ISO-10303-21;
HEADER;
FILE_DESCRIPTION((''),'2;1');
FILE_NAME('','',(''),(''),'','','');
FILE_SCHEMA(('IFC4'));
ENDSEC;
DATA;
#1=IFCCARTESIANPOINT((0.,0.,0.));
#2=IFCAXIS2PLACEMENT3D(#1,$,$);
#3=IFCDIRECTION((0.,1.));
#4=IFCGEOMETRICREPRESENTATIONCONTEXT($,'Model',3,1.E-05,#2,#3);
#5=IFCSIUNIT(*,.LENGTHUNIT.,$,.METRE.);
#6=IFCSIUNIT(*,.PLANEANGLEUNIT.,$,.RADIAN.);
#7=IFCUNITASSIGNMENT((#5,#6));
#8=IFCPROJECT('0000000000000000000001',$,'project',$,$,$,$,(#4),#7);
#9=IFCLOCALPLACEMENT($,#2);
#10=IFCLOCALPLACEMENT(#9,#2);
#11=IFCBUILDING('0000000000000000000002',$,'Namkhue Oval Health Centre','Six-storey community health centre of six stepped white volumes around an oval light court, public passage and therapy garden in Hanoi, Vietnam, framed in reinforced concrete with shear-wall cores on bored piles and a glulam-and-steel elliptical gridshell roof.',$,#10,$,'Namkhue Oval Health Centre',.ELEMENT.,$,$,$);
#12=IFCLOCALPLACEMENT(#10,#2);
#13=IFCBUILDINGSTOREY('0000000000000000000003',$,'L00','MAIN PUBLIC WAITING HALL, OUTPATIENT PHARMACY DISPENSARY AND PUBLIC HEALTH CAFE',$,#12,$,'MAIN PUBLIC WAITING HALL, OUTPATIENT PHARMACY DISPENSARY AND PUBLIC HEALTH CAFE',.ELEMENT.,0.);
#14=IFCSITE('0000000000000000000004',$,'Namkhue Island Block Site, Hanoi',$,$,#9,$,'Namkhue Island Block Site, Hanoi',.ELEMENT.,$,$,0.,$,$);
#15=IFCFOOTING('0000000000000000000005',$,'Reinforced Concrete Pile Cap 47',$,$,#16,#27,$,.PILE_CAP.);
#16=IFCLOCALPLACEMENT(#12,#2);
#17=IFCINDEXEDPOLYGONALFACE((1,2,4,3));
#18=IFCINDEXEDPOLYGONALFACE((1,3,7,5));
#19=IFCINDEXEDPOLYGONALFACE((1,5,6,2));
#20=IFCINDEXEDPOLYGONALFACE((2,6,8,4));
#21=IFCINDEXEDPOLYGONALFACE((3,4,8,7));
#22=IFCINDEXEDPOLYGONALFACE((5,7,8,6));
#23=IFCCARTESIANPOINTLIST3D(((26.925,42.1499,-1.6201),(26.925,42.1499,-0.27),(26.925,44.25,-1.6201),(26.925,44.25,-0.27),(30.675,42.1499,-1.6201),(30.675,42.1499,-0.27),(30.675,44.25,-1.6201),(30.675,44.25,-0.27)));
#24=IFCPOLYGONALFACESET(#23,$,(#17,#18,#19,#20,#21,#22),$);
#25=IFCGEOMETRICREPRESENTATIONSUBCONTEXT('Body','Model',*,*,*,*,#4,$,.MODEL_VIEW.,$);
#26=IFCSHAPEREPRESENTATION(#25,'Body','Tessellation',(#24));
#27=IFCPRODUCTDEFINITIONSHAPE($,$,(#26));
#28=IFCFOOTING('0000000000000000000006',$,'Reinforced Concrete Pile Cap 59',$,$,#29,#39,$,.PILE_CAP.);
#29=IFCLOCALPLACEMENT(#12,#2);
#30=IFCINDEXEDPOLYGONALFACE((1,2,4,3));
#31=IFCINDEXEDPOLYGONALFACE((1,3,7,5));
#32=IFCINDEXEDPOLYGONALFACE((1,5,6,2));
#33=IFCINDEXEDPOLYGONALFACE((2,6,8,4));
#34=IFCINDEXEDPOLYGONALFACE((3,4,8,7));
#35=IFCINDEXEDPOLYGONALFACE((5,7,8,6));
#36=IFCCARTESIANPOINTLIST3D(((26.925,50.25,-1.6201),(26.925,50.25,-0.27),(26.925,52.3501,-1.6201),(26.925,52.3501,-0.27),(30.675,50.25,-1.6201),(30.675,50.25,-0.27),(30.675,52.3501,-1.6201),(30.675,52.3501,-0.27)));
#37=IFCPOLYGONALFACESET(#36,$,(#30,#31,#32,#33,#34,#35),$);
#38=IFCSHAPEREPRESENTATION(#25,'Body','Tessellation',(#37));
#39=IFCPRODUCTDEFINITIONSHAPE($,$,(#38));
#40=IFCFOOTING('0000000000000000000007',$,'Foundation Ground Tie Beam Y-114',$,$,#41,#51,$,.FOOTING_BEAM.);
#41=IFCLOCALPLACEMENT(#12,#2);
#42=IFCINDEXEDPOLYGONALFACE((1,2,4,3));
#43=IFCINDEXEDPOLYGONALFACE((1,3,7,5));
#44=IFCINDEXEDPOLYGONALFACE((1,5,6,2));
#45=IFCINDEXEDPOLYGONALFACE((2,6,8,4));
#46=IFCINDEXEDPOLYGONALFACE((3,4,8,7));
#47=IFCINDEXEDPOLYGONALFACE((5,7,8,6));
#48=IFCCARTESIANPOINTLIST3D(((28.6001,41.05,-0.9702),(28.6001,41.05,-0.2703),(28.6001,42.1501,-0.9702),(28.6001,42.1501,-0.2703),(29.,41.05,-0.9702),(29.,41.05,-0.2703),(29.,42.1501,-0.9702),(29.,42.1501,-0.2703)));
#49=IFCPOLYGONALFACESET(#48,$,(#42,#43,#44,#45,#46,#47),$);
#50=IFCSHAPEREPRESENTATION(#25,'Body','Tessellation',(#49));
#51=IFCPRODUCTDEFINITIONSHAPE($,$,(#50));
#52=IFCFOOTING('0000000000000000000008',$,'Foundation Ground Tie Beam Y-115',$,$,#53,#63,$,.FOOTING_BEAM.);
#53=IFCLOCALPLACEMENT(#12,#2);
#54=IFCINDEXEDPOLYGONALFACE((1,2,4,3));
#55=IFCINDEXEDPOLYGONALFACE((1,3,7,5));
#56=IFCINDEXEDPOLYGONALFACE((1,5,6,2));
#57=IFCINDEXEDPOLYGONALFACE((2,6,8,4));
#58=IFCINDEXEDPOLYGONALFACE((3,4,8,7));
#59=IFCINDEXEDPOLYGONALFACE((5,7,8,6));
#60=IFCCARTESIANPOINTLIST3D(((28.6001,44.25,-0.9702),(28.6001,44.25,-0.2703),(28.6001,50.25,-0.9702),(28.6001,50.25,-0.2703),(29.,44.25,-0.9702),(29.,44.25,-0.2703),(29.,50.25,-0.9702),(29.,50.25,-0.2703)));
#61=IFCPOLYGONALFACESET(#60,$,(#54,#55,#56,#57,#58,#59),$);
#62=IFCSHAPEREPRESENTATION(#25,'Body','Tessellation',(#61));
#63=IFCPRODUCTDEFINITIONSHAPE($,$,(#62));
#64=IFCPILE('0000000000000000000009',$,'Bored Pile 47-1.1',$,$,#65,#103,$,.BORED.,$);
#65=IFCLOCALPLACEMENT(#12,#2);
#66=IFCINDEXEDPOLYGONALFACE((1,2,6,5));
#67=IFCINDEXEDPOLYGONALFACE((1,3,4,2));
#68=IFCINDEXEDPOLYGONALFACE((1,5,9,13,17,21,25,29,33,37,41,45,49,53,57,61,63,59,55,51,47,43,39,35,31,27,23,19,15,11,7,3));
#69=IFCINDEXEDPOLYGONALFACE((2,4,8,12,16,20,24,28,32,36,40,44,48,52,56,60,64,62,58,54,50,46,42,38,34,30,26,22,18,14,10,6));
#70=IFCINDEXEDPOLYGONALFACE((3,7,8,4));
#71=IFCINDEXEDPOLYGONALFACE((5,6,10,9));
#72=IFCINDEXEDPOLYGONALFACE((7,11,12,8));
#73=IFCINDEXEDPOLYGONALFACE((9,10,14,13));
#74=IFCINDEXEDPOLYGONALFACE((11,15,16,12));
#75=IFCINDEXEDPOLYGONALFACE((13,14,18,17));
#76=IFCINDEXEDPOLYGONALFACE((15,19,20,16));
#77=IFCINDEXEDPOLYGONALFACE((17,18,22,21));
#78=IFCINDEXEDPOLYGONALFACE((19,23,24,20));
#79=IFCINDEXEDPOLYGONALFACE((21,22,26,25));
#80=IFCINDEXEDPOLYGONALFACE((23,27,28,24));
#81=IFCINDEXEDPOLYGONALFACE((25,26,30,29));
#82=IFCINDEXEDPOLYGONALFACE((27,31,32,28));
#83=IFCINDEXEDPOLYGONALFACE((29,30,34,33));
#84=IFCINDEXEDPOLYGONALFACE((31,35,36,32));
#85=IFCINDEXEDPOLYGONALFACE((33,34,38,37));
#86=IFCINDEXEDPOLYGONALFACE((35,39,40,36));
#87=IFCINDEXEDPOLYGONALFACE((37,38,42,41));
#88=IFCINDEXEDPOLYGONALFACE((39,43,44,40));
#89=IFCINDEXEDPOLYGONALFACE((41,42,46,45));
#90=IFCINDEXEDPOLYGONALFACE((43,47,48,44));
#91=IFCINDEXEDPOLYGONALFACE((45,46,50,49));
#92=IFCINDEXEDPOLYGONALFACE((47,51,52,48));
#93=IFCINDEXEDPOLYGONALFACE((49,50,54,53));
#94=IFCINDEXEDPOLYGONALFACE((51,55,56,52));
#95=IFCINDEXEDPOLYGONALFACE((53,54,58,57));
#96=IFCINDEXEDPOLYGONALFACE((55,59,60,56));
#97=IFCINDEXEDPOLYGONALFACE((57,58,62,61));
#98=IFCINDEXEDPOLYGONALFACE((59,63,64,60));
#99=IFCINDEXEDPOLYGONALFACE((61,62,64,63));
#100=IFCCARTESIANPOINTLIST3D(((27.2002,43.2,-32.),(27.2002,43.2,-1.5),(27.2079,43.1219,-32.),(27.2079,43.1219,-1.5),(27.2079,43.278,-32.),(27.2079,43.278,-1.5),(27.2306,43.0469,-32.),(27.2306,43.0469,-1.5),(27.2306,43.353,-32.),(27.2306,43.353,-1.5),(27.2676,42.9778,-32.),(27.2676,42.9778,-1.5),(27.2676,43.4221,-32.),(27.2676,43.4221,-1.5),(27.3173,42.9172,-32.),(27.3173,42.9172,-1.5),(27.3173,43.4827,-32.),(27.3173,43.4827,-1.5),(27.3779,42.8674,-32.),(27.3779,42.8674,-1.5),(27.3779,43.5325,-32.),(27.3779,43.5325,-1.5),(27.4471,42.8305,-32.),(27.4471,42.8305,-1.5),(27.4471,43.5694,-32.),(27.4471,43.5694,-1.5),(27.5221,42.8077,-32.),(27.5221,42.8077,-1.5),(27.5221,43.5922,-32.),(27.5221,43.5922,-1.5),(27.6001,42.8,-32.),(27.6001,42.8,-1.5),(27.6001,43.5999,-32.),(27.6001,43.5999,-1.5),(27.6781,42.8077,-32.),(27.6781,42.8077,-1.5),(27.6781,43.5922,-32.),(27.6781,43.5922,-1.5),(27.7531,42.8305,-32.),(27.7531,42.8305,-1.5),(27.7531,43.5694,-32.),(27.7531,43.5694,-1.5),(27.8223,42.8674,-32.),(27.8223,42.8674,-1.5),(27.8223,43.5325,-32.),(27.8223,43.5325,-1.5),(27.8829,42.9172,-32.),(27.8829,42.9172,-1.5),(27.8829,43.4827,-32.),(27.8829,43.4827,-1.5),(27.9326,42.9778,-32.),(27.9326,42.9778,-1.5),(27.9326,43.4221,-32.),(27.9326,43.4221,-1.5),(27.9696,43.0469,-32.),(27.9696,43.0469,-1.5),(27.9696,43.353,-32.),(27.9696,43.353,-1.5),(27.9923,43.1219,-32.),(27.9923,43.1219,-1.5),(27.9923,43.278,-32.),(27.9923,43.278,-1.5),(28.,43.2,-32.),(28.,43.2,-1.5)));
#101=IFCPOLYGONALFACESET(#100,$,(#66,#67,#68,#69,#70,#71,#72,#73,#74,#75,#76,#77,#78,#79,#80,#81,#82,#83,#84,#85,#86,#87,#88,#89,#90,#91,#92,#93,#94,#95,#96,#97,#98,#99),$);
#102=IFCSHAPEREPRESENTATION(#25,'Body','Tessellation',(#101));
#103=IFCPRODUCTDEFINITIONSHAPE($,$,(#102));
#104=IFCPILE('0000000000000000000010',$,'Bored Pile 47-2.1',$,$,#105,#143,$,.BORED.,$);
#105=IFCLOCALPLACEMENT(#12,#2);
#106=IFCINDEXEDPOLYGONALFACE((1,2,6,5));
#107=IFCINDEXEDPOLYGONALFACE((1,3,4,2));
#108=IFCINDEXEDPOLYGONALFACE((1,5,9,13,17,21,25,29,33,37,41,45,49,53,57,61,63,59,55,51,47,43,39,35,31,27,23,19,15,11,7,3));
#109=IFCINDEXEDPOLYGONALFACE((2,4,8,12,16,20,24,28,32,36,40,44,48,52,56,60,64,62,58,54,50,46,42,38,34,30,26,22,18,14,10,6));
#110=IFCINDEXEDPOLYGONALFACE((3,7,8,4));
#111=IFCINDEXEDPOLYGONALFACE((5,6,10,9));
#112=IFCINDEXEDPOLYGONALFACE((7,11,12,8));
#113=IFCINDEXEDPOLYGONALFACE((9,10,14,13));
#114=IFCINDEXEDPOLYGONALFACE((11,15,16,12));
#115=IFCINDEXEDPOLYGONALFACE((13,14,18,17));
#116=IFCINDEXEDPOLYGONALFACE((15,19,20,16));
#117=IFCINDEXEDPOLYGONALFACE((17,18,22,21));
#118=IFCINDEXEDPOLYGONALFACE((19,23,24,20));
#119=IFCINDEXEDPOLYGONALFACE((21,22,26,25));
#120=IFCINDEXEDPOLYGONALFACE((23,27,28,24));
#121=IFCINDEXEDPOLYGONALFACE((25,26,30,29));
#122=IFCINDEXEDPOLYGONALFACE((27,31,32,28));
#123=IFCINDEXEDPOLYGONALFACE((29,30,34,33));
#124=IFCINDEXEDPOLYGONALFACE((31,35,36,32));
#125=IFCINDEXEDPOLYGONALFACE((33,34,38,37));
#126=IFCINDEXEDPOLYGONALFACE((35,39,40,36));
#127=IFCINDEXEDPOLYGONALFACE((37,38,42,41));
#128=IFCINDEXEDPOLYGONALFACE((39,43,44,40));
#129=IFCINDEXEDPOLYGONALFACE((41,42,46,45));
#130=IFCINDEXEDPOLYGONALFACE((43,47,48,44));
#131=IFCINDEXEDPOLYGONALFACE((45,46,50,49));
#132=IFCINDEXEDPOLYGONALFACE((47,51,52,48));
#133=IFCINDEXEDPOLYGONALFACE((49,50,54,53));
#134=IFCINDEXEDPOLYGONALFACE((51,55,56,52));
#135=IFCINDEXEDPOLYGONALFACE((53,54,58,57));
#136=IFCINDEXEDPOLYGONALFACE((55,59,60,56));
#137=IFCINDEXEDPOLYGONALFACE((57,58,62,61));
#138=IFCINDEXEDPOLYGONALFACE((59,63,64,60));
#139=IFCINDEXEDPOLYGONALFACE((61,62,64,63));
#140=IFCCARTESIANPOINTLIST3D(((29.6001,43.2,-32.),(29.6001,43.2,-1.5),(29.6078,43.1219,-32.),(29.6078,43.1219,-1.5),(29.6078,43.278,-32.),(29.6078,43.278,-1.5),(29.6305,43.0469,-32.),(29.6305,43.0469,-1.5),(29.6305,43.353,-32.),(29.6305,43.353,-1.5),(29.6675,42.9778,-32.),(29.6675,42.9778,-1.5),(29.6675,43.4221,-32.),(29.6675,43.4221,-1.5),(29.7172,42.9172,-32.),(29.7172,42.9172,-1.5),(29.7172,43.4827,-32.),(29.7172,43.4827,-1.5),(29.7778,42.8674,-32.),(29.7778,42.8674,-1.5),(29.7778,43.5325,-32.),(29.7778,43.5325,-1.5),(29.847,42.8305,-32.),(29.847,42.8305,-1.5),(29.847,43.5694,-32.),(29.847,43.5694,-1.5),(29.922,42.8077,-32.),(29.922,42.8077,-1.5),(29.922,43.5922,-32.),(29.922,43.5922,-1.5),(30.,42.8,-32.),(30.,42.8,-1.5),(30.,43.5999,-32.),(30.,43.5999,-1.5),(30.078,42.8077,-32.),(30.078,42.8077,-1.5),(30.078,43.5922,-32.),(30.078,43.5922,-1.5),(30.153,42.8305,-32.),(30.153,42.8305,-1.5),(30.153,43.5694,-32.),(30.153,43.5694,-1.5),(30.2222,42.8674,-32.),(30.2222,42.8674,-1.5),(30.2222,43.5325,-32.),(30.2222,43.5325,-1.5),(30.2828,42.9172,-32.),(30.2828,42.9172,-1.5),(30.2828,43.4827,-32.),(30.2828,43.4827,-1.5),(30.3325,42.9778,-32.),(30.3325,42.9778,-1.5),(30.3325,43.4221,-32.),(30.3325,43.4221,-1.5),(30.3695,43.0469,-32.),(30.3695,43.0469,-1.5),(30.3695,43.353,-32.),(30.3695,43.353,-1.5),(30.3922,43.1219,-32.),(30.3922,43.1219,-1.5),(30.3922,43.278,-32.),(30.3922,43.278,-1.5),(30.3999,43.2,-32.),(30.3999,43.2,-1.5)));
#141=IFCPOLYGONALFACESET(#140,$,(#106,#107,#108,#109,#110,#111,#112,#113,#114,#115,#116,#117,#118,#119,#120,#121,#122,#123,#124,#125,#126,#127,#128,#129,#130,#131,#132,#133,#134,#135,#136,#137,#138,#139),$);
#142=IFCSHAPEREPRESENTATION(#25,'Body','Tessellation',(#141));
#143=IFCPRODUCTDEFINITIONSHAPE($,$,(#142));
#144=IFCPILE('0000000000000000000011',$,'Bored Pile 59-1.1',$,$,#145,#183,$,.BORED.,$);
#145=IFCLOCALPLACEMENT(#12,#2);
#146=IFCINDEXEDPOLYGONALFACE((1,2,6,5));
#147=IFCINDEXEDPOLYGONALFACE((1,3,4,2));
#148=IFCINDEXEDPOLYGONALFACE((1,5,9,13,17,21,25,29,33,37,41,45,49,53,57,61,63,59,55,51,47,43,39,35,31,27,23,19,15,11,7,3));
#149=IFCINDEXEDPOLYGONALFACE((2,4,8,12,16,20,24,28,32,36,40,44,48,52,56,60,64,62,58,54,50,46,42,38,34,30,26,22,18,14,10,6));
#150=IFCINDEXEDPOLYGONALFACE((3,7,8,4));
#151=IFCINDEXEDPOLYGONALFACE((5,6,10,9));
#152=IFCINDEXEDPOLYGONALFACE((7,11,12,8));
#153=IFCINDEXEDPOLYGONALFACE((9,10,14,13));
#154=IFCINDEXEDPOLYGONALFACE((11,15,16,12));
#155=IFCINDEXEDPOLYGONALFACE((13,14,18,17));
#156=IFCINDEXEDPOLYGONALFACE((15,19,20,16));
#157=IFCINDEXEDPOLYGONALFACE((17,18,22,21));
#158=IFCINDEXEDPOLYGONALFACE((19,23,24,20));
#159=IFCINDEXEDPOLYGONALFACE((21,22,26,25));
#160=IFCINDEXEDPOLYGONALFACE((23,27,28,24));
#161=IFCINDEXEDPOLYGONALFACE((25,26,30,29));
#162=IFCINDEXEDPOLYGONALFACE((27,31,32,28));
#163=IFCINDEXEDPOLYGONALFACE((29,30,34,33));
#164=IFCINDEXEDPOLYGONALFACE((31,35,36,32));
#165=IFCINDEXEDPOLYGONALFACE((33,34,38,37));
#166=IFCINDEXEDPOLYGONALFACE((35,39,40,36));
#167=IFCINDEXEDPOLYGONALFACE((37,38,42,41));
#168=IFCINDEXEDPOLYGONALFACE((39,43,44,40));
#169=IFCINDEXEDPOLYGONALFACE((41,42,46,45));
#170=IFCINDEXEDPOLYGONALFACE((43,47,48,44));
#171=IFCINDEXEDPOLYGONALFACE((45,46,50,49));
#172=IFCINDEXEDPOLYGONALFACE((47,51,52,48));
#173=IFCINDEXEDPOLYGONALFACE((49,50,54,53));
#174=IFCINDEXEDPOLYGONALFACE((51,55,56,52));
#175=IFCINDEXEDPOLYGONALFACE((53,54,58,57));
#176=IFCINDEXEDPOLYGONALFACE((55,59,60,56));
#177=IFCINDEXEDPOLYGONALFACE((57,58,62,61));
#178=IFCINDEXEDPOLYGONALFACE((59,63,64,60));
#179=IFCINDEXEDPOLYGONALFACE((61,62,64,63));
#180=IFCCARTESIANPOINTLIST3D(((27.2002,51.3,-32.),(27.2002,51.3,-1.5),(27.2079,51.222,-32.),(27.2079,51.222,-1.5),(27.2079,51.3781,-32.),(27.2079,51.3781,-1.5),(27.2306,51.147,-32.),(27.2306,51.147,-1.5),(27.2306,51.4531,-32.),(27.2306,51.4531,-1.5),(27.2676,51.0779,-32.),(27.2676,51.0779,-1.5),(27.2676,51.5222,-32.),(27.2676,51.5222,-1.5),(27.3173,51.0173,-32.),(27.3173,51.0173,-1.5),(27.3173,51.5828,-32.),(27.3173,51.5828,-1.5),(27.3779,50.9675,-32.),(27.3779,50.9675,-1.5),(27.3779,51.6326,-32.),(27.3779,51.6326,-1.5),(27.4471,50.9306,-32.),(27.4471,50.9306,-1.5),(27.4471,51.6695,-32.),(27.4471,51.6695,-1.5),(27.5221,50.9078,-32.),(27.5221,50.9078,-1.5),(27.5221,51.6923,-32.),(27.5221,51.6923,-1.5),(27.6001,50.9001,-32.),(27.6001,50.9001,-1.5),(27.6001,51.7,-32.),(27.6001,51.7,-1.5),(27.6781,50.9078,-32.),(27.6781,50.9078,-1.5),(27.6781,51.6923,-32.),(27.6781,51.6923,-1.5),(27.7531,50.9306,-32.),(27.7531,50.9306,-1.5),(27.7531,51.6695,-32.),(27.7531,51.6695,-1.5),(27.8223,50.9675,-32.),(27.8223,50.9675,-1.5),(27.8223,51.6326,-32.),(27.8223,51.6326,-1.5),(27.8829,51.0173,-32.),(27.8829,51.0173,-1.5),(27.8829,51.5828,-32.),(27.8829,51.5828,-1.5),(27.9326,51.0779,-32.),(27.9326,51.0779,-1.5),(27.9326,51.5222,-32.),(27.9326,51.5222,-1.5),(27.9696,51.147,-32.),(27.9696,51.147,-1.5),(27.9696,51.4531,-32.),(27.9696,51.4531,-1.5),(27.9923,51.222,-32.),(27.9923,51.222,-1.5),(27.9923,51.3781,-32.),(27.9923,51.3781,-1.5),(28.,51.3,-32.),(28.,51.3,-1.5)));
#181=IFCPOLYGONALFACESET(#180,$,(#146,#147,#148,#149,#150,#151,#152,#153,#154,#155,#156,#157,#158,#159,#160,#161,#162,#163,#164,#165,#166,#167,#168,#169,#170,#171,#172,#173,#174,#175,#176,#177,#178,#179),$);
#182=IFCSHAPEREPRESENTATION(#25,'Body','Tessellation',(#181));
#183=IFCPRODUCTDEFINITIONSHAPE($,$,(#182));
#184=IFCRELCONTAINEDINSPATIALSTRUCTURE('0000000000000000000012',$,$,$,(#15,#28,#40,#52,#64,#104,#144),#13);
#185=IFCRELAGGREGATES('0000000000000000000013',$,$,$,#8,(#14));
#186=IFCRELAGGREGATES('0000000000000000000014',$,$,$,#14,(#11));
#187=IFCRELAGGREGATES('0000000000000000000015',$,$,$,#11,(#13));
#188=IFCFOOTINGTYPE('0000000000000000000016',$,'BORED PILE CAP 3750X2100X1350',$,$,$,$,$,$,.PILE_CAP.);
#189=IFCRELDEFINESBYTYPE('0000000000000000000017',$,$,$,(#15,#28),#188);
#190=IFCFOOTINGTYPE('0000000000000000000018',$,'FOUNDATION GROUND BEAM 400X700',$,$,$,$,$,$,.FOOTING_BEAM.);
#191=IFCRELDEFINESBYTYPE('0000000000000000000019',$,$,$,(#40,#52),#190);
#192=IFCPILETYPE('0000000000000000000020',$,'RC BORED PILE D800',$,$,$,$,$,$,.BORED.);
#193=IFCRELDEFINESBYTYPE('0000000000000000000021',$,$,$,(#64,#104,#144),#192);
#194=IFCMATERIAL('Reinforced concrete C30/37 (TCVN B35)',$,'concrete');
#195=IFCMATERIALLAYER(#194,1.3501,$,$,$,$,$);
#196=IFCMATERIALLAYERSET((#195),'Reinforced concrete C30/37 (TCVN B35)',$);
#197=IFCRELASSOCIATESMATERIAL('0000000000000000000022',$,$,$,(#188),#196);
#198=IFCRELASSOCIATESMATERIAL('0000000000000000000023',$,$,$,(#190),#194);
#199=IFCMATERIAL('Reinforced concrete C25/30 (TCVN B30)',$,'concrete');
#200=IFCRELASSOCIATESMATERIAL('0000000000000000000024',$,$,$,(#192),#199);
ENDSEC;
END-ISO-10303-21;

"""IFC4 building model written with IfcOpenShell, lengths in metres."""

from ifc_helpers import new_model, si_unit, direction, frame, origin, origin_2d, place, context, subcontext, project, spatial, rectangle, circle, extrude, material, layer, layer_set, material_profile, profile_set, type_object, element, save


model = new_model("IFC4")

# Units and contexts
model_context = context("Model", 3, precision=1e-05, world=origin(), true_north=direction((0.0, 1.0)))
body_context = subcontext(model_context, "Body", "Model", "MODEL_VIEW")
ifc_project = project(units=[si_unit("LENGTHUNIT", "METRE"), si_unit("PLANEANGLEUNIT", "RADIAN")], contexts=[model_context])

# Site, building, storey
site_placement = place(None, origin())
site = spatial("IfcSite", under=ifc_project, at=site_placement, Name="Namkhue Island Block Site, Hanoi", LongName="Namkhue Island Block Site, Hanoi", CompositionType="ELEMENT", RefElevation=0.0)
building_placement = place(site_placement, origin())
building = spatial("IfcBuilding", under=site, at=building_placement, Name="Namkhue Oval Health Centre", Description="Six-storey community health centre of six stepped white volumes around an oval light court, public passage and therapy garden in Hanoi, Vietnam, framed in reinforced concrete with shear-wall cores on bored piles and a glulam-and-steel elliptical gridshell roof.", LongName="Namkhue Oval Health Centre", CompositionType="ELEMENT")
storey_placement = place(building_placement, origin())
storey = spatial("IfcBuildingStorey", under=building, at=storey_placement, Name="L00", Description="MAIN PUBLIC WAITING HALL, OUTPATIENT PHARMACY DISPENSARY AND PUBLIC HEALTH CAFE", LongName="MAIN PUBLIC WAITING HALL, OUTPATIENT PHARMACY DISPENSARY AND PUBLIC HEALTH CAFE", CompositionType="ELEMENT", Elevation=0.0)

# Footings
ifc_material_1 = material(Name="Reinforced concrete C30/37 (TCVN B35)", Category="concrete")
ifc_layer_1 = layer(ifc_material_1, 1.3501)
ifc_layer_set_1 = layer_set([ifc_layer_1], Name="Reinforced concrete C30/37 (TCVN B35)")
footing_type_1 = type_object("IfcFootingType", Name="BORED PILE CAP 3750X2100X1350", PredefinedType="PILE_CAP", material=ifc_layer_set_1)
for number, where, z_axis, x_axis, name in (
    (1, (28.8, 43.2, -1.6201), (0.0, 0.0, 1.0), (1.0, 0.0, 0.0), "Reinforced Concrete Pile Cap 47"),
    (2, (28.8, 51.3, -1.6201), (0.0, 0.0, 1.0), (1.0, 0.0, 0.0), "Reinforced Concrete Pile Cap 59"),
):
    element("IfcFooting", number, at=place(storey_placement, frame(where, z_axis=z_axis, x_axis=x_axis)), inside=storey, type_object=footing_type_1, Name=name, PredefinedType="PILE_CAP", context=body_context, shape_type="SweptSolid", body=[
        extrude(rectangle(XDim=3.75, YDim=2.1001, at=origin_2d()), origin(), (0.0, 0.0, 1.0), 1.3501),
    ])
footing_type_2 = type_object("IfcFootingType", Name="FOUNDATION GROUND BEAM 400X700", PredefinedType="FOOTING_BEAM", material=ifc_material_1)
footing_1_placement = place(storey_placement, frame((28.8, 41.6001, -0.9702), z_axis=(0.0, 0.0, 1.0), x_axis=(0.0, 1.0, 0.0)))
element("IfcFooting", 3, at=footing_1_placement, inside=storey, type_object=footing_type_2, Name="Foundation Ground Tie Beam Y-114", PredefinedType="FOOTING_BEAM", context=body_context, shape_type="SweptSolid", body=[
    extrude(rectangle(XDim=1.1001, YDim=0.3999, at=origin_2d()), origin(), (0.0, 0.0, 1.0), 0.7),
])
footing_2_placement = place(storey_placement, frame((28.8, 47.25, -0.9702), z_axis=(0.0, 0.0, 1.0), x_axis=(0.0, 1.0, 0.0)))
element("IfcFooting", 4, at=footing_2_placement, inside=storey, type_object=footing_type_2, Name="Foundation Ground Tie Beam Y-115", PredefinedType="FOOTING_BEAM", context=body_context, shape_type="SweptSolid", body=[
    extrude(rectangle(XDim=6.0, YDim=0.3999, at=origin_2d()), origin(), (0.0, 0.0, 1.0), 0.7),
])

# Piles
ifc_material_2 = material(Name="Reinforced concrete C25/30 (TCVN B30)", Category="concrete")
ifc_material_profile_1 = material_profile(ifc_material_2, circle(Radius=0.3999, at=origin_2d()), Name="BORED PILE D800")
ifc_profile_set_1 = profile_set([ifc_material_profile_1], Name="Reinforced concrete C25/30 (TCVN B30)")
pile_type = type_object("IfcPileType", Name="RC BORED PILE D800", PredefinedType="BORED", material=ifc_profile_set_1)
for number, where, z_axis, x_axis, name in (
    (5, (27.6001, 43.2, -1.5), (0.0, 0.0, -1.0), (1.0, 0.0, 0.0), "Bored Pile 47-1.1"),
    (6, (30.0, 43.2, -1.5), (0.0, 0.0, -1.0), (1.0, 0.0, 0.0), "Bored Pile 47-2.1"),
    (7, (27.6001, 51.3, -1.5), (0.0, 0.0, -1.0), (1.0, 0.0, 0.0), "Bored Pile 59-1.1"),
):
    element("IfcPile", number, at=place(storey_placement, frame(where, z_axis=z_axis, x_axis=x_axis)), inside=storey, type_object=pile_type, Name=name, PredefinedType="BORED", context=body_context, shape_type="SweptSolid", body=[
        extrude(circle(Radius=0.3999, at=origin_2d()), origin(), (0.0, 0.0, 1.0), 30.5),
    ])

save(model, "model.ifc")
